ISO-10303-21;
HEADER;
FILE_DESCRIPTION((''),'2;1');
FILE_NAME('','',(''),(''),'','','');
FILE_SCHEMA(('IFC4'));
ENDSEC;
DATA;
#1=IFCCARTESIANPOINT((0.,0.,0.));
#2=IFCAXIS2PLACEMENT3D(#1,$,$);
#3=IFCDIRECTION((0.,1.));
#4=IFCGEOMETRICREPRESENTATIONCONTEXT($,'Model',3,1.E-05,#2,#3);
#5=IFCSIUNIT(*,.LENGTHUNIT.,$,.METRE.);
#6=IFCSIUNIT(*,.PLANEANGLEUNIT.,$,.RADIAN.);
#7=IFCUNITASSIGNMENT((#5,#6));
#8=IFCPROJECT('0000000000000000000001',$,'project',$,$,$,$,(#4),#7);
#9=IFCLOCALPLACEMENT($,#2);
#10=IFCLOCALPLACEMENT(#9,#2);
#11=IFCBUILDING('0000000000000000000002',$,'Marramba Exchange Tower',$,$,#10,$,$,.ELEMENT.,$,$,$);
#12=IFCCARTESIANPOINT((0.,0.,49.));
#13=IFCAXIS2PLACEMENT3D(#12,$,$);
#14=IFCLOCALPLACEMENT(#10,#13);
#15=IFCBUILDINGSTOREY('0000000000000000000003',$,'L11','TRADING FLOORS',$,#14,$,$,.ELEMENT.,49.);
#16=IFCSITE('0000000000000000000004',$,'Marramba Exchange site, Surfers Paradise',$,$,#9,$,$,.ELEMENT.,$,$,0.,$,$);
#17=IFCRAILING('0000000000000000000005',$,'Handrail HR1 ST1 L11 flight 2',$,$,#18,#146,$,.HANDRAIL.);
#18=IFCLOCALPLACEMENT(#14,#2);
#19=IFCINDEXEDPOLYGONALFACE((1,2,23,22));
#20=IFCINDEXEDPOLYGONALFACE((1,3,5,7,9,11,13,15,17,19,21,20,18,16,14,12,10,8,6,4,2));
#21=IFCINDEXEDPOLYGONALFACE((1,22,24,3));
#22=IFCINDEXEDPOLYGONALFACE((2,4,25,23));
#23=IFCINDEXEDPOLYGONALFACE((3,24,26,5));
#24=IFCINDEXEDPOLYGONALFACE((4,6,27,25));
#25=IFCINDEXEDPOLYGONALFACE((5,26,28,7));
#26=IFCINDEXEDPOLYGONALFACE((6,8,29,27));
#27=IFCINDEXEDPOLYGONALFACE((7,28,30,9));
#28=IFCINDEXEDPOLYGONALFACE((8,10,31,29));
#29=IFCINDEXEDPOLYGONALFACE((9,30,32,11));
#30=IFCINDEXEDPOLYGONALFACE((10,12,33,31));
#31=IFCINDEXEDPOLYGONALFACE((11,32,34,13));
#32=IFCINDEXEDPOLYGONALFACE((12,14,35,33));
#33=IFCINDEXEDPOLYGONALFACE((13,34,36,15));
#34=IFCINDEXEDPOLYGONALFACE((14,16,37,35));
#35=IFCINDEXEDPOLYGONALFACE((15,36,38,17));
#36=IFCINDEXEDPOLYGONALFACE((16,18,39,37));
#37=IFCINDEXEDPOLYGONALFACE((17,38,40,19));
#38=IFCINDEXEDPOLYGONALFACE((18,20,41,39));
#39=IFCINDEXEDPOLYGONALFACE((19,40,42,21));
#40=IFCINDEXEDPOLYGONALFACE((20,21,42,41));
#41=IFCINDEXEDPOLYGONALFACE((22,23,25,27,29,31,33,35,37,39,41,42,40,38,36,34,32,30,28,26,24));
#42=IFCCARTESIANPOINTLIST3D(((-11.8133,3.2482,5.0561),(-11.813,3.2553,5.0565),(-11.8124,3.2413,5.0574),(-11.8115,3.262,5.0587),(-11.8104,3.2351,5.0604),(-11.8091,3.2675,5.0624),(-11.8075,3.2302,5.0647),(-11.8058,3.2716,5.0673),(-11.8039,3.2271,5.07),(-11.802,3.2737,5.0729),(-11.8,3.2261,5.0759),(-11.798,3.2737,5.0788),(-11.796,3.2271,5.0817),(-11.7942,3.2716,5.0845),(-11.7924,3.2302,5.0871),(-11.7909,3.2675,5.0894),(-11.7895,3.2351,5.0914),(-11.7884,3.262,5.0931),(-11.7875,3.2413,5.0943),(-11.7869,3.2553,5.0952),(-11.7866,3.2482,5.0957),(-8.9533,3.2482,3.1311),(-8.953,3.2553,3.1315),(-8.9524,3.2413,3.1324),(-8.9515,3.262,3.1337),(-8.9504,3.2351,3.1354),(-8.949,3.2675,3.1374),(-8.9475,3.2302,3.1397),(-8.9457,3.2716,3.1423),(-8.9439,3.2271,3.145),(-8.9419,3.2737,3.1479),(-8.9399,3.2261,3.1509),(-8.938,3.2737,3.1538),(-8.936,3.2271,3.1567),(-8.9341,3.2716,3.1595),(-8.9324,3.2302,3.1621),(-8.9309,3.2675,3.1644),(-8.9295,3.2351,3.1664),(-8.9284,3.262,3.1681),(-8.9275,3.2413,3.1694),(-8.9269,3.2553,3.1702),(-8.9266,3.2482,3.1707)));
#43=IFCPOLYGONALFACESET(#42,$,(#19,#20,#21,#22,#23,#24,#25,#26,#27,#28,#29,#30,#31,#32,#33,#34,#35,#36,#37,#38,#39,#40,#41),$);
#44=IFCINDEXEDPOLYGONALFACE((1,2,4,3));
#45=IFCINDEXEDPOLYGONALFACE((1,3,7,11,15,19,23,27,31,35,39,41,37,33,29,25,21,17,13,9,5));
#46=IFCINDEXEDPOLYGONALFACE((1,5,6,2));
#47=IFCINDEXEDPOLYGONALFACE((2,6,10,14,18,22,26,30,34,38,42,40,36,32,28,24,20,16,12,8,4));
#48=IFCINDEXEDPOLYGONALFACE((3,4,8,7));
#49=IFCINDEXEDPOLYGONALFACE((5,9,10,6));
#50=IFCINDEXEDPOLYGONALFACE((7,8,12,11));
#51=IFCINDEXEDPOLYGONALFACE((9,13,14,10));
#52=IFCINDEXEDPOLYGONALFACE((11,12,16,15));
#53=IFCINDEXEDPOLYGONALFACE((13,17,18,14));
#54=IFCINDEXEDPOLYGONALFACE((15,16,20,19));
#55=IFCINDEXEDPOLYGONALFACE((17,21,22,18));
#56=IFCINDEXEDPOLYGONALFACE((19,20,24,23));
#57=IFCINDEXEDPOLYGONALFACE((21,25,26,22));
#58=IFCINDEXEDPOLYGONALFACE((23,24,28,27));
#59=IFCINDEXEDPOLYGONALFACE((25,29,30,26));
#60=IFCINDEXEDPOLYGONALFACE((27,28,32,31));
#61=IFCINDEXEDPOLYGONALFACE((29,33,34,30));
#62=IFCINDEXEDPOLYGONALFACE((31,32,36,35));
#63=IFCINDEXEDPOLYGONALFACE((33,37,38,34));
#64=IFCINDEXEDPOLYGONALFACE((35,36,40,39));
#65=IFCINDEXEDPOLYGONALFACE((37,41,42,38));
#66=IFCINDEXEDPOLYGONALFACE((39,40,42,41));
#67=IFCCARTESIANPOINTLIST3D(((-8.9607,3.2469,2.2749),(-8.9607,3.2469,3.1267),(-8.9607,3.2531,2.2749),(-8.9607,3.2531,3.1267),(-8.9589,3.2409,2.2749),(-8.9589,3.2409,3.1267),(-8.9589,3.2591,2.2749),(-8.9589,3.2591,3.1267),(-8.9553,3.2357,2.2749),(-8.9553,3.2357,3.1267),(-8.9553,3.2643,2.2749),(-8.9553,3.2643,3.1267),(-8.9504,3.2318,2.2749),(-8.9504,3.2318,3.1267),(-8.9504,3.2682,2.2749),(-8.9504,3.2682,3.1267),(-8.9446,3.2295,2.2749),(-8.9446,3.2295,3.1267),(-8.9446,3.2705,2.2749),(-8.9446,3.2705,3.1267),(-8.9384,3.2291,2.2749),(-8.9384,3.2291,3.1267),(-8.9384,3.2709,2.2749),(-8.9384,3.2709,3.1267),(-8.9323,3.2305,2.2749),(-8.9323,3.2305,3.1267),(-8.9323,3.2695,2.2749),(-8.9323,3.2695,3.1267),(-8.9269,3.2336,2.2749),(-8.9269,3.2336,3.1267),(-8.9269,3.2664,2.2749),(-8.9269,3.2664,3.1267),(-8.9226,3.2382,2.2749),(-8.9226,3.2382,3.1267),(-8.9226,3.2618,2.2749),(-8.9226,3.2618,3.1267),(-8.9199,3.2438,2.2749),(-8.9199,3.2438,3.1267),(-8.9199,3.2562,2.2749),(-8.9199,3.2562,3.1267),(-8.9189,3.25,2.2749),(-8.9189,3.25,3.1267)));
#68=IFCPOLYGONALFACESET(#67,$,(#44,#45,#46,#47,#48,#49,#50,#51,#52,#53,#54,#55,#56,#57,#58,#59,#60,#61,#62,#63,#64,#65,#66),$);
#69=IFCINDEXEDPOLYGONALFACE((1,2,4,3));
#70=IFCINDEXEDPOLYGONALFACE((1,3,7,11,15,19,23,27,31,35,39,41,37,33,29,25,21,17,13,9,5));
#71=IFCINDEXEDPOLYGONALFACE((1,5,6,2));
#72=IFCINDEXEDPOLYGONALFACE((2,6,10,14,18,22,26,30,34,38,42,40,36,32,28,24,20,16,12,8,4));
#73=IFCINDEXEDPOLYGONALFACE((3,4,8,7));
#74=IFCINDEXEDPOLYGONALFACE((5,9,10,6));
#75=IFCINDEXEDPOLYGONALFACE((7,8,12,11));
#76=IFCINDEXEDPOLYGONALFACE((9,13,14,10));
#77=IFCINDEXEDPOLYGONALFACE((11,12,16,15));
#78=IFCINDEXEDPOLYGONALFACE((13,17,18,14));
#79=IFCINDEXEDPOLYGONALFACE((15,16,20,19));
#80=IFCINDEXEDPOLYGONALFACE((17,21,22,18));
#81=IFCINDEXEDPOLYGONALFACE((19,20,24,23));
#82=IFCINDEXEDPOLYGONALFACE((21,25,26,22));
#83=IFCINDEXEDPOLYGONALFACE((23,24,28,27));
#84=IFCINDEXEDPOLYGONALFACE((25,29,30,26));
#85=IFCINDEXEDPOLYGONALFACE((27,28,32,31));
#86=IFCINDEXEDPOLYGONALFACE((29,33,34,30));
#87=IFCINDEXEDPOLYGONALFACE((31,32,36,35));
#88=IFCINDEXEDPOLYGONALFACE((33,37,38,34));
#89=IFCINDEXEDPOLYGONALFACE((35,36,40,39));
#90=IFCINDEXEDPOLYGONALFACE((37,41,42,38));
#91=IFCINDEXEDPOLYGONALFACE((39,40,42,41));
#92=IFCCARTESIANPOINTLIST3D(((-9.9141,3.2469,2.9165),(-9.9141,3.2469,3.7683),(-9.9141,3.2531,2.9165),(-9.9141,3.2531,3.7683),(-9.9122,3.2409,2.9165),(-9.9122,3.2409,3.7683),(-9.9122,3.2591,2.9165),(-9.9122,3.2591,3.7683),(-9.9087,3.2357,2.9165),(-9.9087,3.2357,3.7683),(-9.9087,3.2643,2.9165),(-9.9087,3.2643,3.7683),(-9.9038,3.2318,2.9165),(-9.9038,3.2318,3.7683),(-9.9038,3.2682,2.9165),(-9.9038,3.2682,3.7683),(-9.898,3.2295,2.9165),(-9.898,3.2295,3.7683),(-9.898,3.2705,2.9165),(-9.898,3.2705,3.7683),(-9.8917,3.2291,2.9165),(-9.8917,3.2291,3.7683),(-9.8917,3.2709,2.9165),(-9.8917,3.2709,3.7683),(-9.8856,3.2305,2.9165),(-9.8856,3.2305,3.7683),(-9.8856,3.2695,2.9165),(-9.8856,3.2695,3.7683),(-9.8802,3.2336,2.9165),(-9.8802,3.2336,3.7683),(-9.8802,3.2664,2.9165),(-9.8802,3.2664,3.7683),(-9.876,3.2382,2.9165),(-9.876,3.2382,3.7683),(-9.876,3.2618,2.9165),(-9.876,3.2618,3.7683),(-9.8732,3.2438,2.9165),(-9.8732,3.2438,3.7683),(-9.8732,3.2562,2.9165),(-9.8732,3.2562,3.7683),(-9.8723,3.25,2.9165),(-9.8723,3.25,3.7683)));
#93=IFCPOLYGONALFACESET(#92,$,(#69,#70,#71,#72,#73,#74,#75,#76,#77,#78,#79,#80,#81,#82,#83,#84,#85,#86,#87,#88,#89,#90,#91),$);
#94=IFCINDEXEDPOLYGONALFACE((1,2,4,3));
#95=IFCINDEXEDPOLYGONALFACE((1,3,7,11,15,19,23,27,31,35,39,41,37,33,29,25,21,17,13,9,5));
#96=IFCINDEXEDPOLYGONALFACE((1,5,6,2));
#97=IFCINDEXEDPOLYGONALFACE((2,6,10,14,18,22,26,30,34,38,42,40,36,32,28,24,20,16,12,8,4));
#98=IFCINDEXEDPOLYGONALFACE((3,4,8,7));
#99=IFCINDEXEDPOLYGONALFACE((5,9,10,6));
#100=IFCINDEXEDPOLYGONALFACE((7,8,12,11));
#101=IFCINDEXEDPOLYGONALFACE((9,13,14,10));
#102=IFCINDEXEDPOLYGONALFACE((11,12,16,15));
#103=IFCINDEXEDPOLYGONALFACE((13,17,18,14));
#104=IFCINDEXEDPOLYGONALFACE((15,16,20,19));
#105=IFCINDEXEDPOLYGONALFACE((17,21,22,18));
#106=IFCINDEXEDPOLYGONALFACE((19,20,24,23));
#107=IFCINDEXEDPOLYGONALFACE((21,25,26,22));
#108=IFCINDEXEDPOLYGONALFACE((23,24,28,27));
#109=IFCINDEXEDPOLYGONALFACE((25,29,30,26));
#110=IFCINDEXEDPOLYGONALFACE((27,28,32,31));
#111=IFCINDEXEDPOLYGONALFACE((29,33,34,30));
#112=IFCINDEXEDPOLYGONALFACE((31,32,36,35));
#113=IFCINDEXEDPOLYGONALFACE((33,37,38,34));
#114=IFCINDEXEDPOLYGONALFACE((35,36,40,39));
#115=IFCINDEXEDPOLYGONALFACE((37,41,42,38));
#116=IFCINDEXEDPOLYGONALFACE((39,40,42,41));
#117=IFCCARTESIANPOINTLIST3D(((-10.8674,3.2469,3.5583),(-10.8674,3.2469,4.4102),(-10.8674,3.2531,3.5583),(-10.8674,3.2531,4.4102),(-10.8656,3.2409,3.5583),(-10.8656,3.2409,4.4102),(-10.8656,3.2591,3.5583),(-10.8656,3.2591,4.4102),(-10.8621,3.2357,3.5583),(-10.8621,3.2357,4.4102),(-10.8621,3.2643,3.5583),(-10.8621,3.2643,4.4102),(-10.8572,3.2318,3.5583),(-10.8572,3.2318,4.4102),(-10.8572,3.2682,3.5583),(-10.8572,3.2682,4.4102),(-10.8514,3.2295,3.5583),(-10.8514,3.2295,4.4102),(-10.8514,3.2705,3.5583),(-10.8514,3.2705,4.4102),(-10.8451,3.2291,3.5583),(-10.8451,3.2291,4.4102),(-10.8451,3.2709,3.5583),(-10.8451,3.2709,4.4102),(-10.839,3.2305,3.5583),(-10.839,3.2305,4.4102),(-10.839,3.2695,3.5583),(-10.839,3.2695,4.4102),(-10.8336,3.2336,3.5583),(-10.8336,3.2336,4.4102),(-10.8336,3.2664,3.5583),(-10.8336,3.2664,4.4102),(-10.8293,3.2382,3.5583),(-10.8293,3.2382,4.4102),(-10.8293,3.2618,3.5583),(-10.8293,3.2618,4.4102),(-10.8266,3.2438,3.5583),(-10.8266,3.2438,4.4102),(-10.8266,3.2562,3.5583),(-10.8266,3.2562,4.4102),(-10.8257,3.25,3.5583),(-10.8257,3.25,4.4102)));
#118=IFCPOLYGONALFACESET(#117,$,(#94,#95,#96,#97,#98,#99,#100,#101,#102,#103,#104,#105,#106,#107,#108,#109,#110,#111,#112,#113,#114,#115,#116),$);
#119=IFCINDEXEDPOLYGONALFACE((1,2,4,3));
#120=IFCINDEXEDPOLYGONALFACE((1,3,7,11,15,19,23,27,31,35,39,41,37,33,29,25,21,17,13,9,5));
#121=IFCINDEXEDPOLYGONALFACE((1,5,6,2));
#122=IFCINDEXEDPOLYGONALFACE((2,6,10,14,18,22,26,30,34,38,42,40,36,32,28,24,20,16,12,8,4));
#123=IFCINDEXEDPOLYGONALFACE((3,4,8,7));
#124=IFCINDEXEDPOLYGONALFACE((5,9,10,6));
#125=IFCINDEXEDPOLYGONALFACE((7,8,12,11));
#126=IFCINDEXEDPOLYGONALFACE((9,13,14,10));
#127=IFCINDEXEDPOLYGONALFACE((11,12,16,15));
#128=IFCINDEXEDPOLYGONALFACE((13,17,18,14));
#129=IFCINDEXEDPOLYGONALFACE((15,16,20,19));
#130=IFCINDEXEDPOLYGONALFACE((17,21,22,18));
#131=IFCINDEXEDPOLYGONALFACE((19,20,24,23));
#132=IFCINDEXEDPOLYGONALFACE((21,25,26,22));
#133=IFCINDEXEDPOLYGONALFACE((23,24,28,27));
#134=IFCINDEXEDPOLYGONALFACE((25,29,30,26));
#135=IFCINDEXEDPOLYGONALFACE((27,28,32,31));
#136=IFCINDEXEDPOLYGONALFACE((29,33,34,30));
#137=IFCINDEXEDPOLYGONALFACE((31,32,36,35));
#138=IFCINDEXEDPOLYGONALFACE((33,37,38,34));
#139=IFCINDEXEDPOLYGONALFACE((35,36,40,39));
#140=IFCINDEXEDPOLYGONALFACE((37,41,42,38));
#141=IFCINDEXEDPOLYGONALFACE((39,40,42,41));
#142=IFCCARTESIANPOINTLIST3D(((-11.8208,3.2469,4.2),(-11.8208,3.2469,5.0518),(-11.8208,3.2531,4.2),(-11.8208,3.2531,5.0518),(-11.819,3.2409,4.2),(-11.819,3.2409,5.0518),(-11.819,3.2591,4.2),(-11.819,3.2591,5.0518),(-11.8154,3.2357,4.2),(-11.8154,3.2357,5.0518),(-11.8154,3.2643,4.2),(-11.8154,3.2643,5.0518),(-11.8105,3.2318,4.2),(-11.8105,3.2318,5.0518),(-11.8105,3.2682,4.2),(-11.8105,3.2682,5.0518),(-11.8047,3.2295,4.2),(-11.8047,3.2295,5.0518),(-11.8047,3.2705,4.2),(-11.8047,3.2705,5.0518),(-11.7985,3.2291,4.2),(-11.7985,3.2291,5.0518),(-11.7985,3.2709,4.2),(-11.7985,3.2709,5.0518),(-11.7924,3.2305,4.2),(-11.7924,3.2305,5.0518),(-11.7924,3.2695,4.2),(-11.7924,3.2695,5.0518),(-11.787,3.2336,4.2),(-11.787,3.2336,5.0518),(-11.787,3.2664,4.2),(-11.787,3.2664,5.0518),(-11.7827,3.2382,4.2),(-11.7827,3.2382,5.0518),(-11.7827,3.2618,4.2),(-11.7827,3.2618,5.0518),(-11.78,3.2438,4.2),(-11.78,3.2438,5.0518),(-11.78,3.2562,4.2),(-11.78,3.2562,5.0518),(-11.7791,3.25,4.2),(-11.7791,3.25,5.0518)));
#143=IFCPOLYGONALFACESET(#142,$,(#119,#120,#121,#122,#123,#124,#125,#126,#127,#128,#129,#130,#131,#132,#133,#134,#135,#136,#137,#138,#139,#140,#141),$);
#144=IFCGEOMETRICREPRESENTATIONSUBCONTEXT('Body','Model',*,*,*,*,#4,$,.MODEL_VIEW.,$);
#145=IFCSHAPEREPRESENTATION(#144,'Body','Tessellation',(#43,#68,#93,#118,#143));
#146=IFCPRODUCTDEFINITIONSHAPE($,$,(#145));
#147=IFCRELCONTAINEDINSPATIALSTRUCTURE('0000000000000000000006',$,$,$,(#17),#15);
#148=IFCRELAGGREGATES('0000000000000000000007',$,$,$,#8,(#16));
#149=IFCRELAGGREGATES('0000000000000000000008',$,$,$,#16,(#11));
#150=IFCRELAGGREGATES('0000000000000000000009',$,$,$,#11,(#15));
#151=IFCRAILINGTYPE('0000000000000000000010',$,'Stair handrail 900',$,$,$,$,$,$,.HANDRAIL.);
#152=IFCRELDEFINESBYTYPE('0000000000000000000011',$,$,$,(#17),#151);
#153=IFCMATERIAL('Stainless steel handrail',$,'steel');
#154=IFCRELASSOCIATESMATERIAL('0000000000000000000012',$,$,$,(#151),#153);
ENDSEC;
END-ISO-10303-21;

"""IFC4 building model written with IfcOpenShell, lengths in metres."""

from ifc_helpers import new_model, si_unit, direction, frame, origin, origin_2d, place, context, subcontext, project, spatial, circle, extrude, material, type_object, element, save


model = new_model("IFC4")

# Units and contexts
model_context = context("Model", 3, precision=1e-05, world=origin(), true_north=direction((0.0, 1.0)))
body_context = subcontext(model_context, "Body", "Model", "MODEL_VIEW")
ifc_project = project(units=[si_unit("LENGTHUNIT", "METRE"), si_unit("PLANEANGLEUNIT", "RADIAN")], contexts=[model_context])

# Site, building, storey
site_placement = place(None, origin())
site = spatial("IfcSite", under=ifc_project, at=site_placement, Name="Marramba Exchange site, Surfers Paradise", CompositionType="ELEMENT", RefElevation=0.0)
building_placement = place(site_placement, origin())
building = spatial("IfcBuilding", under=site, at=building_placement, Name="Marramba Exchange Tower", CompositionType="ELEMENT")
storey_placement = place(building_placement, frame((0.0, 0.0, 49.0)))
storey = spatial("IfcBuildingStorey", under=building, at=storey_placement, Name="L11", Description="TRADING FLOORS", CompositionType="ELEMENT", Elevation=49.0)

# Railing
ifc_material_1 = material(Name="Stainless steel handrail", Category="steel")
railing_type = type_object("IfcRailingType", Name="Stair handrail 900", PredefinedType="HANDRAIL", material=ifc_material_1)
railing_placement = place(storey_placement, frame((-8.9399, 3.25, 2.2749)))
element("IfcRailing", 1, at=railing_placement, inside=storey, type_object=railing_type, Name="Handrail HR1 ST1 L11 flight 2", PredefinedType="HANDRAIL", context=body_context, shape_type="SweptSolid", body=[
    extrude(circle(Radius=0.0239, at=origin_2d()), frame((0.0, 0.0, 0.876), z_axis=(-0.829591, 0.0, 0.558372), x_axis=(0.0, -1.0, 0.0)), (0.0, 0.0, 1.0), 3.4475),
    extrude(circle(Radius=0.021, at=origin_2d()), origin(), (0.0, 0.0, 1.0), 0.8518),
    extrude(circle(Radius=0.021, at=origin_2d()), frame((-0.9534, 0.0, 0.6416)), (0.0, 0.0, 1.0), 0.8518),
    extrude(circle(Radius=0.021, at=origin_2d()), frame((-1.9067, 0.0, 1.2834)), (0.0, 0.0, 1.0), 0.8518),
    extrude(circle(Radius=0.021, at=origin_2d()), frame((-2.8601, 0.0, 1.925)), (0.0, 0.0, 1.0), 0.8518),
])

save(model, "model.ifc")
